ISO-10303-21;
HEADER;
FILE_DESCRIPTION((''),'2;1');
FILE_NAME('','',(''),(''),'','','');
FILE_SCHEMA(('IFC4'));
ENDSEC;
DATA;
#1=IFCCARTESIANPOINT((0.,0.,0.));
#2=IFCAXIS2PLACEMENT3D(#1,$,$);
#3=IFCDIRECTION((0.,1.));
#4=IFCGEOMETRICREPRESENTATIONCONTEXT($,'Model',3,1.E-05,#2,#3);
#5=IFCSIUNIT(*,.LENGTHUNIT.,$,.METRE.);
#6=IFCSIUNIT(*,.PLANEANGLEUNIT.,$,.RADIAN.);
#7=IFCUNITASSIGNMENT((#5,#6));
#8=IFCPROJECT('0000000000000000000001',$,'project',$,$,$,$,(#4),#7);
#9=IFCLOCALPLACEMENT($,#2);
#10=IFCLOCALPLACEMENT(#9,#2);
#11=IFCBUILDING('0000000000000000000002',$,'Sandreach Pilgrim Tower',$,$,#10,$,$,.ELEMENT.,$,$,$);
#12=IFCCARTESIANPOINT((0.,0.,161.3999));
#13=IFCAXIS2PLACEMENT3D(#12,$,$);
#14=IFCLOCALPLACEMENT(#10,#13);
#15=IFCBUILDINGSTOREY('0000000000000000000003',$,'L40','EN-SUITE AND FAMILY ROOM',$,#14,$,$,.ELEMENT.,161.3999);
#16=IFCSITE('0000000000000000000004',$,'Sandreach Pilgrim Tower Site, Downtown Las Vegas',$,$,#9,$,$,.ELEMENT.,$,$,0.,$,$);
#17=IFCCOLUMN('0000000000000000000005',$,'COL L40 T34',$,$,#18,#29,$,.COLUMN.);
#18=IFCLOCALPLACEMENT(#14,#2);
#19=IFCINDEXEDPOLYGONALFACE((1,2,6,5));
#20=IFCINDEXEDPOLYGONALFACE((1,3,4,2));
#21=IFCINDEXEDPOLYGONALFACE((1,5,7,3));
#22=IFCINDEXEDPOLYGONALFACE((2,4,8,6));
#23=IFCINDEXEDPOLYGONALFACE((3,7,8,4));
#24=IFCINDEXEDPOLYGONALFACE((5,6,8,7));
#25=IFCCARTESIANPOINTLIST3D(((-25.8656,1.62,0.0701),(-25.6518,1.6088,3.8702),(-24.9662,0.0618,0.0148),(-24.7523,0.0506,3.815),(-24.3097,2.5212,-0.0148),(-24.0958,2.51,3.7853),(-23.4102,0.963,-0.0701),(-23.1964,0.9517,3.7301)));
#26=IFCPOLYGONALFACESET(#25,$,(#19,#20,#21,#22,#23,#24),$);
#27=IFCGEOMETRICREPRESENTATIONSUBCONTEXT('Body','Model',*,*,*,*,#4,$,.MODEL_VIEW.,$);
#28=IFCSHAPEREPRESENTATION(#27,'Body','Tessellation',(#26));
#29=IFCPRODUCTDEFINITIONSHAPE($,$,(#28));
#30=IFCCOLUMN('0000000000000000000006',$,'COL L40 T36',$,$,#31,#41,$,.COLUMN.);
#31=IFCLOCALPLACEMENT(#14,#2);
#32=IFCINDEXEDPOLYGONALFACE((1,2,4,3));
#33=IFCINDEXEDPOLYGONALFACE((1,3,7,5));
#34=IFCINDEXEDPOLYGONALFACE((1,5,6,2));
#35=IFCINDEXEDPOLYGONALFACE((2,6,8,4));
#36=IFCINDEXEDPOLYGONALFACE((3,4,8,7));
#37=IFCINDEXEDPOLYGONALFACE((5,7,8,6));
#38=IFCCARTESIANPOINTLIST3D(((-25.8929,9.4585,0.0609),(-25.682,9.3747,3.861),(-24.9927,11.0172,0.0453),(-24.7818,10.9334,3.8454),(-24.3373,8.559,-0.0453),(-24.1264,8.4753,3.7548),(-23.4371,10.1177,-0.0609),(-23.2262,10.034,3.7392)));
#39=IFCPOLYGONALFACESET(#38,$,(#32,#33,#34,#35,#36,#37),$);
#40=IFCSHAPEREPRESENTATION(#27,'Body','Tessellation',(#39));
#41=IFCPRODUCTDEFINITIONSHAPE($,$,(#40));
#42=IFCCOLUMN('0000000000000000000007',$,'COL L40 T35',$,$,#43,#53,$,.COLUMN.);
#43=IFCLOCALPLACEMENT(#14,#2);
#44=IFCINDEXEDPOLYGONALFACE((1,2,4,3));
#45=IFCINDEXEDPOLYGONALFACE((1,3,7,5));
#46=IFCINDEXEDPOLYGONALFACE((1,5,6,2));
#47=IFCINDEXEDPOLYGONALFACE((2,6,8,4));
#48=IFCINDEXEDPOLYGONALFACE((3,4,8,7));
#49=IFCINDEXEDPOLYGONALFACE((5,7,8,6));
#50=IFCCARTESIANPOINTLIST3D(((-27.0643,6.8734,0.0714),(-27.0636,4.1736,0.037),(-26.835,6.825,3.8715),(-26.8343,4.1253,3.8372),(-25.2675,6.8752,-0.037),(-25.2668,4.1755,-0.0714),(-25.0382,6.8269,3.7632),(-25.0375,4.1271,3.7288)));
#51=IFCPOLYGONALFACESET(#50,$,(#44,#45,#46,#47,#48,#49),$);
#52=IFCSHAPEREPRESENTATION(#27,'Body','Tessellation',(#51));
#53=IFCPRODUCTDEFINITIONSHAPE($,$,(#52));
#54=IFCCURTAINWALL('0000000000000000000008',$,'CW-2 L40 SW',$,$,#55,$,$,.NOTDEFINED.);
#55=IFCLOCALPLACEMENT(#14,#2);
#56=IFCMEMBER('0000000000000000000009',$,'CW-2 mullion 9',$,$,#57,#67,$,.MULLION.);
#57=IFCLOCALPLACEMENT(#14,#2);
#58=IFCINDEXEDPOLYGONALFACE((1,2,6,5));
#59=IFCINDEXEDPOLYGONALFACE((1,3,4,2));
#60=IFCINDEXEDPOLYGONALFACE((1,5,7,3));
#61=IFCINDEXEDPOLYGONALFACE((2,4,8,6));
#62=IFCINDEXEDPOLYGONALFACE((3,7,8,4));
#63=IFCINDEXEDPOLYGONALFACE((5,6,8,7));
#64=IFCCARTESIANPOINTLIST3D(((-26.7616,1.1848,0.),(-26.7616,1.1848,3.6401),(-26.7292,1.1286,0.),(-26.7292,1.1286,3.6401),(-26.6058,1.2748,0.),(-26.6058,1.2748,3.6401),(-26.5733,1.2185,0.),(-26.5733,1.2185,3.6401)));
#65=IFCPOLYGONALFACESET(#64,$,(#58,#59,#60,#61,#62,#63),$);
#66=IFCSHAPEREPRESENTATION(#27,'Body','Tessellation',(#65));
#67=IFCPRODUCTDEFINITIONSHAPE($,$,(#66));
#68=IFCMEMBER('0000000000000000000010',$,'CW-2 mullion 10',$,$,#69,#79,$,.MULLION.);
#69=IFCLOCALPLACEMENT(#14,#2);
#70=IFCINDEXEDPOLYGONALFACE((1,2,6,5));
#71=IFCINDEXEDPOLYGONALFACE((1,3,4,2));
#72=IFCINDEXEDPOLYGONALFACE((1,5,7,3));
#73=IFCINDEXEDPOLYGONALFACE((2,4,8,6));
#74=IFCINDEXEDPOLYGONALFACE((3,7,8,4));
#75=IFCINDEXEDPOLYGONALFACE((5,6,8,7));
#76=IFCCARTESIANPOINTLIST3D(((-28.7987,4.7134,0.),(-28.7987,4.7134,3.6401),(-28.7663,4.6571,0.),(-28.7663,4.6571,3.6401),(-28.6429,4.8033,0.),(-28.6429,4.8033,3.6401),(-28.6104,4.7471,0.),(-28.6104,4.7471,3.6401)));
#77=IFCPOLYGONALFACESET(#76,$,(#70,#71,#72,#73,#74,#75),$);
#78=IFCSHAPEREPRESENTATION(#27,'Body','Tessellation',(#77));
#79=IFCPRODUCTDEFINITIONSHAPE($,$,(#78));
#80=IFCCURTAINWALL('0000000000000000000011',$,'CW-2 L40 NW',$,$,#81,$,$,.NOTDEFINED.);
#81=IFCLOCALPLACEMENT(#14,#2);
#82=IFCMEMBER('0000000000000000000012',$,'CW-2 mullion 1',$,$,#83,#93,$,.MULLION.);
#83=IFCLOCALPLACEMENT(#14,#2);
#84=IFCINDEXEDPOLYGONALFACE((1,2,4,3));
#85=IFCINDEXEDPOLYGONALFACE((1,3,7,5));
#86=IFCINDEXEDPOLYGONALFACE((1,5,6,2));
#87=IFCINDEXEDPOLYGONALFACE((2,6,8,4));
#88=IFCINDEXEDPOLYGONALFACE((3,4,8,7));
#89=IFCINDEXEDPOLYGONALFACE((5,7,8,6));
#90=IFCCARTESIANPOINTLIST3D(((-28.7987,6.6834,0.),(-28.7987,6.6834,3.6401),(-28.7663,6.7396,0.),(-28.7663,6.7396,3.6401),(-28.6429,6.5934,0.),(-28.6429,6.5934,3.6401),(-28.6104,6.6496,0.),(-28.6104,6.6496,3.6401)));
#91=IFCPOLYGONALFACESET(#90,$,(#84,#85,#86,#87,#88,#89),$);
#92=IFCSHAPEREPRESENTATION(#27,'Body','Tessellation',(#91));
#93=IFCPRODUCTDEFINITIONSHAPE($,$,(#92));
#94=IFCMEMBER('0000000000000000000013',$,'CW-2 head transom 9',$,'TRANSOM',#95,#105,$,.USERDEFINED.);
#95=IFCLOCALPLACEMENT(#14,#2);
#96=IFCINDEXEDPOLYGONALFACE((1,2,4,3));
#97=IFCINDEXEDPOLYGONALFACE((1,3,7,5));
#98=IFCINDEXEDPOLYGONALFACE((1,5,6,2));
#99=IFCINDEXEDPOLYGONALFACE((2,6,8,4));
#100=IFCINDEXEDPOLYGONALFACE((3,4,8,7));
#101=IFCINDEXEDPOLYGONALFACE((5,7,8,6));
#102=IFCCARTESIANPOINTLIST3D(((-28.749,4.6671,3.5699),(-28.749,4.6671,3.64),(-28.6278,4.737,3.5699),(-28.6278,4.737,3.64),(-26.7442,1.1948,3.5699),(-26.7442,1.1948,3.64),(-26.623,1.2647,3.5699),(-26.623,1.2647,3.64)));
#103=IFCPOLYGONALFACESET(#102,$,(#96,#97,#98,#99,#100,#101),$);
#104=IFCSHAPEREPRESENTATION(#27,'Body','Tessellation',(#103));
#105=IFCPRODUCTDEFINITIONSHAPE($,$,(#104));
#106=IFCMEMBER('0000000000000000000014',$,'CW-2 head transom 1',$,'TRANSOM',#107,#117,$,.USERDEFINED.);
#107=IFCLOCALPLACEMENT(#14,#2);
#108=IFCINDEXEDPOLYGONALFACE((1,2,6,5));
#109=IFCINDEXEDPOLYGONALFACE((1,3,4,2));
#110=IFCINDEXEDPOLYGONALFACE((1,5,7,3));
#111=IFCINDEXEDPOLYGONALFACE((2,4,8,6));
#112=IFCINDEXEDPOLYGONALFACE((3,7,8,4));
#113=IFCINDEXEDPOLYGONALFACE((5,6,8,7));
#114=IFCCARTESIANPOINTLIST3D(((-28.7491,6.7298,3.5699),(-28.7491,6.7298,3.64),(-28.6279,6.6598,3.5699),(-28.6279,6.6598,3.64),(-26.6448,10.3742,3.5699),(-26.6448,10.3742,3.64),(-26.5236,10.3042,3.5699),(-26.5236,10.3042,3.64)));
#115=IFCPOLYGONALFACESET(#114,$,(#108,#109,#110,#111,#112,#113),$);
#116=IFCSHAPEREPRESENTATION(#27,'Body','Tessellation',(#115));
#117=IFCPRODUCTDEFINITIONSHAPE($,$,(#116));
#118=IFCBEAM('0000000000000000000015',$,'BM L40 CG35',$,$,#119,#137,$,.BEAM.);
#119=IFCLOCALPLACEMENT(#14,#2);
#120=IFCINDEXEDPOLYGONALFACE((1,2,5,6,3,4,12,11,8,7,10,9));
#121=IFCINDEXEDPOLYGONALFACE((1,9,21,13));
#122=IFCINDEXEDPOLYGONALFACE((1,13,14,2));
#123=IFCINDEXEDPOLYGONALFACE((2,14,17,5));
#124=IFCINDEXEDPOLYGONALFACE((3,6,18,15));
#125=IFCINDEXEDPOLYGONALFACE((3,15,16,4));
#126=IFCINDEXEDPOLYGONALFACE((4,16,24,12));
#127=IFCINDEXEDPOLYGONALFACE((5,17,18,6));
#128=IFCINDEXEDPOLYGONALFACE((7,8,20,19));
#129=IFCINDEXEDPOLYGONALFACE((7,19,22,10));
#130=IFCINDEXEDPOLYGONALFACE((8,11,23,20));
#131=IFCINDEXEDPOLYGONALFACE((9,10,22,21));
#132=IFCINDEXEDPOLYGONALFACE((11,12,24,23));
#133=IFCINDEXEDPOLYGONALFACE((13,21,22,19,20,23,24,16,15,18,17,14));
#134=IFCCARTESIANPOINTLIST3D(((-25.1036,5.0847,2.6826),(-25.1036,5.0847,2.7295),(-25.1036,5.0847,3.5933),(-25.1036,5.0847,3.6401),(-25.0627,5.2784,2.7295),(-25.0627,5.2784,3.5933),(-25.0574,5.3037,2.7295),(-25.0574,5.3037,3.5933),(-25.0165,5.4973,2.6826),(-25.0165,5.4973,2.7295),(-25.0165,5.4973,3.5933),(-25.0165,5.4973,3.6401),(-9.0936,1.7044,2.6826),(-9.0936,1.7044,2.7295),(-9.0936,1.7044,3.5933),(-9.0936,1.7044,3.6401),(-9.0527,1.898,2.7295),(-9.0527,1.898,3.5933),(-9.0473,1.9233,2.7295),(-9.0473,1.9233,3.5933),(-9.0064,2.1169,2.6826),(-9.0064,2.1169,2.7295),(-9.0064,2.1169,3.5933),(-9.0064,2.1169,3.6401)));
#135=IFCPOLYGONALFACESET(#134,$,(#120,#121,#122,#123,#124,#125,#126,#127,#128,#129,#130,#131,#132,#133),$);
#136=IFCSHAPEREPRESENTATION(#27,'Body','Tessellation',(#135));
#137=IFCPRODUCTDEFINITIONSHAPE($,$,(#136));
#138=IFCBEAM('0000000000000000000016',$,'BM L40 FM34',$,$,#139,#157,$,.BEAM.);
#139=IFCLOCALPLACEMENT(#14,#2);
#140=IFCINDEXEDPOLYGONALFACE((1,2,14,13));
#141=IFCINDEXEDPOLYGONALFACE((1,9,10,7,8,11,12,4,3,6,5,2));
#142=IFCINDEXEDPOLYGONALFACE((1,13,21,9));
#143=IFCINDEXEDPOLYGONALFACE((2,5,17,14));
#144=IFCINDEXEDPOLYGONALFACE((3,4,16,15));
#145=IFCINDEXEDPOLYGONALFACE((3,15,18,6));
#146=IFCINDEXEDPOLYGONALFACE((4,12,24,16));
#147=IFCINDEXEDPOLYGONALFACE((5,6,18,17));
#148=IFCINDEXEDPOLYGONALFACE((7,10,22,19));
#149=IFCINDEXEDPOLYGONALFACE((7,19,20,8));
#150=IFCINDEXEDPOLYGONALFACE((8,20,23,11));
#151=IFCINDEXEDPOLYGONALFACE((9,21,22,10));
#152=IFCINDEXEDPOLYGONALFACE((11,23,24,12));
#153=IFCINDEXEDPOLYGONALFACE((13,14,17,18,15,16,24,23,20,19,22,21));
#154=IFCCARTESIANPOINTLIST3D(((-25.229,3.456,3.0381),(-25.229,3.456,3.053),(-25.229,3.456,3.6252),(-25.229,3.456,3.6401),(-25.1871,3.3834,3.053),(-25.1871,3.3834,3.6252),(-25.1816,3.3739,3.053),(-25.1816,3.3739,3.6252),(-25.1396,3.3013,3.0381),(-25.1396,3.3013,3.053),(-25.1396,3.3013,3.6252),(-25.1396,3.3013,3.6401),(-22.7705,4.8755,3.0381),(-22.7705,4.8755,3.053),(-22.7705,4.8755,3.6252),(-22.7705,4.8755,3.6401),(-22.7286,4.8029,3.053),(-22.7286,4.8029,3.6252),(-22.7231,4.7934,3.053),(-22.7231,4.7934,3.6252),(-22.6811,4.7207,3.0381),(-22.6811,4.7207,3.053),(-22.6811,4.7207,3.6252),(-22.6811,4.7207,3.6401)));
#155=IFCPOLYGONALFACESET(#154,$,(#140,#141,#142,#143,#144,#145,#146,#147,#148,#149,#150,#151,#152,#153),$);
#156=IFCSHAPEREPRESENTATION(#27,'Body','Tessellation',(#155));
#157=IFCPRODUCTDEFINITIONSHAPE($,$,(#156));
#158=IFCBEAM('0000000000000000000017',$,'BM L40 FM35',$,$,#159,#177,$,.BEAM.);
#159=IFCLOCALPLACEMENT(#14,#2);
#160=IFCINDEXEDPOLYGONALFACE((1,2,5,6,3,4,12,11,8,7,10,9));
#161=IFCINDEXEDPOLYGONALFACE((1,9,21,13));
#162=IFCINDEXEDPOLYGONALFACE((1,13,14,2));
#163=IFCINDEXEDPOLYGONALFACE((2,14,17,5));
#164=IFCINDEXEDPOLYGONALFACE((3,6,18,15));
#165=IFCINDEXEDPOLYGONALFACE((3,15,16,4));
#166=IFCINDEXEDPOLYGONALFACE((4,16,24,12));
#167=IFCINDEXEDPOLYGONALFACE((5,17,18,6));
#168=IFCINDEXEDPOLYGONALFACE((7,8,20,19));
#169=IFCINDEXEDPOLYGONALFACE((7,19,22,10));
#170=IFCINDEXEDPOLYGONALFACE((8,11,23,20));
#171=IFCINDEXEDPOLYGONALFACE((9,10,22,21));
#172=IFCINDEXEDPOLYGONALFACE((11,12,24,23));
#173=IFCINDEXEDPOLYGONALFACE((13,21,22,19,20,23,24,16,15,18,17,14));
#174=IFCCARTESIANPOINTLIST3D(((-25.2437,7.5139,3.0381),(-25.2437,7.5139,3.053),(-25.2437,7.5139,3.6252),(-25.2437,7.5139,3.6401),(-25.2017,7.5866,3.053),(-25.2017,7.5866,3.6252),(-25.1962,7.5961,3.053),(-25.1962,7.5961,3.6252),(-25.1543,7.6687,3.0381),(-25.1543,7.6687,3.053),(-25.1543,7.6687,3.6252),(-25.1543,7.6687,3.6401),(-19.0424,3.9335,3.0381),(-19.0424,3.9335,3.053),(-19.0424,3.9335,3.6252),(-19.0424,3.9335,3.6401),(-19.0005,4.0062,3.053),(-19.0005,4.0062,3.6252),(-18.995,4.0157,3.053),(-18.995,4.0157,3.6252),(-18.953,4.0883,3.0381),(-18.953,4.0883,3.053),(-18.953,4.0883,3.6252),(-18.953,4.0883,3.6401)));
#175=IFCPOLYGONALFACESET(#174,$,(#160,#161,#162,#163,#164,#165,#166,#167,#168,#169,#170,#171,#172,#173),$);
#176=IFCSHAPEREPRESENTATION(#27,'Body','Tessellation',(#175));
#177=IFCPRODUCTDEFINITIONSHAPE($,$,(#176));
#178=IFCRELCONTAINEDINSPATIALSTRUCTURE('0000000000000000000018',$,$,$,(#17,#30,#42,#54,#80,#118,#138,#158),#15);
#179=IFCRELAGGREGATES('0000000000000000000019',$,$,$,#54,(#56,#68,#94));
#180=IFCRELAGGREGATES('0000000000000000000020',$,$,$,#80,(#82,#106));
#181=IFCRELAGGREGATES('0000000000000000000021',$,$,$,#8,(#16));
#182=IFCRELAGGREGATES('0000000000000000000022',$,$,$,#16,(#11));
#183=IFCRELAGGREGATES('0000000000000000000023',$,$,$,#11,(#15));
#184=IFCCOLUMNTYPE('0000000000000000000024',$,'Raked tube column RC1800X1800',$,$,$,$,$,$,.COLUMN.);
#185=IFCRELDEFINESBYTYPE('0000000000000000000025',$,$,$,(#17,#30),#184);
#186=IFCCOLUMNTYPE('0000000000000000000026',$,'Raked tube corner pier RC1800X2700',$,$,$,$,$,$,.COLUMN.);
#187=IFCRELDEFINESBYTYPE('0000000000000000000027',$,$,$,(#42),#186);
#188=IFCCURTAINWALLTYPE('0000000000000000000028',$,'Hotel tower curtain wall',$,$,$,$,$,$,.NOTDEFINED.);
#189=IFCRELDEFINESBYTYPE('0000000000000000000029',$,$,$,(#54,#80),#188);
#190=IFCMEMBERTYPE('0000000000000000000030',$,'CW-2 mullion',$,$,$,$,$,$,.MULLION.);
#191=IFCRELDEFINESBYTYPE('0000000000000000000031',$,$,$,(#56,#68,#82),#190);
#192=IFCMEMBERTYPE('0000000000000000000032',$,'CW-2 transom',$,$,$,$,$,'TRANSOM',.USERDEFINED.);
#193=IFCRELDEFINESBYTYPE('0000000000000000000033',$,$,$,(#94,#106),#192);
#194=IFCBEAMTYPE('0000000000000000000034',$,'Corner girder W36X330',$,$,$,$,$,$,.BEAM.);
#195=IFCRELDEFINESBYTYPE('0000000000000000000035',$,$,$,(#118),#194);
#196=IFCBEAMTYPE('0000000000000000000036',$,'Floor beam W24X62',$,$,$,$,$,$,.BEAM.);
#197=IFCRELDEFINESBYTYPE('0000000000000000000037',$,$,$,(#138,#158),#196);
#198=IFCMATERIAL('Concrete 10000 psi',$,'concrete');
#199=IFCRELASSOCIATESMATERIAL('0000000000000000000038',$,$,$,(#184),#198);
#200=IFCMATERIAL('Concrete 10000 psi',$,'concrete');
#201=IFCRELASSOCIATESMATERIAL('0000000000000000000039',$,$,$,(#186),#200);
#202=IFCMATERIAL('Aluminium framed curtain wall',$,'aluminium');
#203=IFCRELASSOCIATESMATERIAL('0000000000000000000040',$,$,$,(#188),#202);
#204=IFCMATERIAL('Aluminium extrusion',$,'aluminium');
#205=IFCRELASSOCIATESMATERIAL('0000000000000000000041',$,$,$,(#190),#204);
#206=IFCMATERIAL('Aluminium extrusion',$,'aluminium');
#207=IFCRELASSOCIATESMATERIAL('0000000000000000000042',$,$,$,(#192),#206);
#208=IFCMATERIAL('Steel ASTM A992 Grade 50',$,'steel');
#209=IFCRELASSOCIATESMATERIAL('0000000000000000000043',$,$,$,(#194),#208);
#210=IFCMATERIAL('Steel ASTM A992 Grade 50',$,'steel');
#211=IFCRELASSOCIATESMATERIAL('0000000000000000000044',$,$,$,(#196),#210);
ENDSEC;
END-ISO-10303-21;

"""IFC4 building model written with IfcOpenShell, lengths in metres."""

from ifc_helpers import new_model, si_unit, direction, frame, origin, origin_2d, place, context, subcontext, project, spatial, rectangle, i_section, extrude, material, material_profile, profile_set, type_object, element, aggregate, save


model = new_model("IFC4")

# Units and contexts
model_context = context("Model", 3, precision=1e-05, world=origin(), true_north=direction((0.0, 1.0)))
body_context = subcontext(model_context, "Body", "Model", "MODEL_VIEW")
ifc_project = project(units=[si_unit("LENGTHUNIT", "METRE"), si_unit("PLANEANGLEUNIT", "RADIAN")], contexts=[model_context])

# Site, building, storey
site_placement = place(None, origin())
site = spatial("IfcSite", under=ifc_project, at=site_placement, Name="Sandreach Pilgrim Tower Site, Downtown Las Vegas", CompositionType="ELEMENT", RefElevation=0.0)
building_placement = place(site_placement, origin())
building = spatial("IfcBuilding", under=site, at=building_placement, Name="Sandreach Pilgrim Tower", CompositionType="ELEMENT")
storey_placement = place(building_placement, frame((0.0, 0.0, 161.3999)))
storey = spatial("IfcBuildingStorey", under=building, at=storey_placement, Name="L40", Description="EN-SUITE AND FAMILY ROOM", CompositionType="ELEMENT", Elevation=161.3999)

# Columns
ifc_material_1 = material(Name="Concrete 10000 psi", Category="concrete")
ifc_material_profile_1 = material_profile(ifc_material_1, rectangle(XDim=1.8, YDim=1.8, at=origin_2d()), Name="RC1800X1800")
ifc_profile_set_1 = profile_set([ifc_material_profile_1], Name="Concrete 10000 psi")
column_type_1 = type_object("IfcColumnType", Name="Raked tube column RC1800X1800", PredefinedType="COLUMN", material=ifc_profile_set_1)
column_1_placement = place(storey_placement, frame((-24.6379, 1.2915, 0.0), z_axis=(0.056191, -0.002951, 0.998416), x_axis=(-0.86438, -0.500621, 0.047168)))
element("IfcColumn", 1, at=column_1_placement, inside=storey, type_object=column_type_1, Name="COL L40 T34", PredefinedType="COLUMN", context=body_context, shape_type="SweptSolid", body=[
    extrude(rectangle(XDim=1.8, YDim=1.8, at=origin_2d()), origin(), (0.0, 0.0, 1.0), 3.8062),
])
column_2_placement = place(storey_placement, frame((-24.665, 9.7881, 0.0), z_axis=(0.05541, -0.021997, 0.998221), x_axis=(-0.864198, 0.499683, 0.058982)))
element("IfcColumn", 2, at=column_2_placement, inside=storey, type_object=column_type_1, Name="COL L40 T36", PredefinedType="COLUMN", context=body_context, shape_type="SweptSolid", body=[
    extrude(rectangle(XDim=1.8, YDim=1.8, at=origin_2d()), origin(), (0.0, 0.0, 1.0), 3.8069),
])
ifc_material_2 = material(Name="Concrete 10000 psi", Category="concrete")
ifc_material_profile_2 = material_profile(ifc_material_2, rectangle(XDim=1.8, YDim=2.7, at=origin_2d()), Name="RC1800X2700")
ifc_profile_set_2 = profile_set([ifc_material_profile_2], Name="Concrete 10000 psi")
column_type_2 = type_object("IfcColumnType", Name="Raked tube corner pier RC1800X2700", PredefinedType="COLUMN", material=ifc_profile_set_2)
column_3_placement = place(storey_placement, frame((-26.1655, 5.5244, 0.0), z_axis=(0.060213, -0.012697, 0.998105), x_axis=(-0.998185, -0.001025, 0.060205)))
element("IfcColumn", 3, at=column_3_placement, inside=storey, type_object=column_type_2, Name="COL L40 T35", PredefinedType="COLUMN", context=body_context, shape_type="SweptSolid", body=[
    extrude(rectangle(XDim=1.8, YDim=2.7, at=origin_2d()), origin(), (0.0, 0.0, 1.0), 3.8074),
])

# Curtain wall, members
ifc_material_3 = material(Name="Aluminium framed curtain wall", Category="aluminium")
curtain_wall_type = type_object("IfcCurtainWallType", Name="Hotel tower curtain wall", PredefinedType="NOTDEFINED", material=ifc_material_3)
curtain_wall_1_placement = place(storey_placement, origin())
curtain_wall_1 = element("IfcCurtainWall", 4, at=curtain_wall_1_placement, inside=storey, type_object=curtain_wall_type, Name="CW-2 L40 SW", PredefinedType="NOTDEFINED")
ifc_material_4 = material(Name="Aluminium extrusion", Category="aluminium")
ifc_material_profile_3 = material_profile(ifc_material_4, rectangle(XDim=0.0649, YDim=0.1799, at=origin_2d()), Name="CW-2M 65X180")
ifc_profile_set_3 = profile_set([ifc_material_profile_3], Name="Aluminium extrusion")
member_type_1 = type_object("IfcMemberType", Name="CW-2 mullion", PredefinedType="MULLION", material=ifc_profile_set_3)
member_1_placement = place(storey_placement, frame((-26.6675, 1.2017, 0.0), z_axis=(0.0, 0.0, 1.0), x_axis=(-0.5, 0.866025, 0.0)))
member_1 = element("IfcMember", 5, at=member_1_placement, type_object=member_type_1, Name="CW-2 mullion 9", PredefinedType="MULLION", context=body_context, shape_type="SweptSolid", body=[
    extrude(rectangle(XDim=0.0649, YDim=0.1799, at=origin_2d()), origin(), (0.0, 0.0, 1.0), 3.6401),
])
member_2_placement = place(storey_placement, frame((-28.7046, 4.7302, 0.0), z_axis=(0.0, 0.0, 1.0), x_axis=(-0.5, 0.866025, 0.0)))
member_2 = element("IfcMember", 6, at=member_2_placement, type_object=member_type_1, Name="CW-2 mullion 10", PredefinedType="MULLION", context=body_context, shape_type="SweptSolid", body=[
    extrude(rectangle(XDim=0.0649, YDim=0.1799, at=origin_2d()), origin(), (0.0, 0.0, 1.0), 3.6401),
])

# Curtain wall, member
curtain_wall_2_placement = place(storey_placement, origin())
curtain_wall_2 = element("IfcCurtainWall", 7, at=curtain_wall_2_placement, inside=storey, type_object=curtain_wall_type, Name="CW-2 L40 NW", PredefinedType="NOTDEFINED")
member_3_placement = place(storey_placement, frame((-28.7046, 6.6665, 0.0), z_axis=(0.0, 0.0, 1.0), x_axis=(0.5, 0.866025, 0.0)))
member_3 = element("IfcMember", 8, at=member_3_placement, type_object=member_type_1, Name="CW-2 mullion 1", PredefinedType="MULLION", context=body_context, shape_type="SweptSolid", body=[
    extrude(rectangle(XDim=0.0649, YDim=0.1799, at=origin_2d()), origin(), (0.0, 0.0, 1.0), 3.6401),
])

# Members
ifc_material_5 = material(Name="Aluminium extrusion", Category="aluminium")
ifc_material_profile_4 = material_profile(ifc_material_5, rectangle(XDim=0.1399, YDim=0.0701, at=origin_2d()), Name="CW-2T 140X70")
ifc_profile_set_4 = profile_set([ifc_material_profile_4], Name="Aluminium extrusion")
member_type_2 = type_object("IfcMemberType", Name="CW-2 transom", ElementType="TRANSOM", PredefinedType="USERDEFINED", material=ifc_profile_set_4)
member_4_placement = place(storey_placement, frame((-26.6836, 1.2297, 3.605), z_axis=(-0.500016, 0.866016, 0.0), x_axis=(-0.866016, -0.500016, 0.0)))
member_4 = element("IfcMember", 9, at=member_4_placement, type_object=member_type_2, Name="CW-2 head transom 9", ObjectType="TRANSOM", PredefinedType="USERDEFINED", context=body_context, shape_type="SweptSolid", body=[
    extrude(rectangle(XDim=0.1399, YDim=0.0701, at=origin_2d()), origin(), (0.0, 0.0, 1.0), 4.0095),
])
member_5_placement = place(storey_placement, frame((-28.6885, 6.6948, 3.605), z_axis=(0.500039, 0.866003, 0.0), x_axis=(-0.866003, 0.500039, 0.0)))
member_5 = element("IfcMember", 10, at=member_5_placement, type_object=member_type_2, Name="CW-2 head transom 1", ObjectType="TRANSOM", PredefinedType="USERDEFINED", context=body_context, shape_type="SweptSolid", body=[
    extrude(rectangle(XDim=0.1399, YDim=0.0701, at=origin_2d()), origin(), (0.0, 0.0, 1.0), 4.2083),
])

# Beams
ifc_material_6 = material(Name="Steel ASTM A992 Grade 50", Category="steel")
ifc_material_profile_5 = material_profile(ifc_material_6, i_section(OverallWidth=0.4216, OverallDepth=0.9575, WebThickness=0.0259, FlangeThickness=0.0469, at=origin_2d()), Name="W36X330")
ifc_profile_set_5 = profile_set([ifc_material_profile_5], Name="Steel ASTM A992 Grade 50")
beam_type_1 = type_object("IfcBeamType", Name="Corner girder W36X330", PredefinedType="BEAM", material=ifc_profile_set_5)
beam_1_placement = place(storey_placement, frame((-25.0601, 5.291, 3.1614), z_axis=(0.978428, -0.206586, 0.0), x_axis=(0.206586, 0.978428, 0.0)))
element("IfcBeam", 11, at=beam_1_placement, inside=storey, type_object=beam_type_1, Name="BM L40 CG35", PredefinedType="BEAM", context=body_context, shape_type="SweptSolid", body=[
    extrude(i_section(OverallWidth=0.4216, OverallDepth=0.9575, WebThickness=0.0259, FlangeThickness=0.0469, at=origin_2d()), origin(), (0.0, 0.0, 1.0), 16.363),
])
ifc_material_7 = material(Name="Steel ASTM A992 Grade 50", Category="steel")
ifc_material_profile_6 = material_profile(ifc_material_7, i_section(OverallWidth=0.1787, OverallDepth=0.6021, WebThickness=0.011, FlangeThickness=0.0149, at=origin_2d()), Name="W24X62")
ifc_profile_set_6 = profile_set([ifc_material_profile_6], Name="Steel ASTM A992 Grade 50")
beam_type_2 = type_object("IfcBeamType", Name="Floor beam W24X62", PredefinedType="BEAM", material=ifc_profile_set_6)
beam_2_placement = place(storey_placement, frame((-25.1843, 3.3787, 3.3391), z_axis=(0.866022, 0.500005, 0.0), x_axis=(-0.500005, 0.866022, 0.0)))
element("IfcBeam", 12, at=beam_2_placement, inside=storey, type_object=beam_type_2, Name="BM L40 FM34", PredefinedType="BEAM", context=body_context, shape_type="SweptSolid", body=[
    extrude(i_section(OverallWidth=0.1787, OverallDepth=0.6021, WebThickness=0.011, FlangeThickness=0.0149, at=origin_2d()), origin(), (0.0, 0.0, 1.0), 2.8389),
])
beam_3_placement = place(storey_placement, frame((-25.199, 7.5913, 3.3391), z_axis=(0.866021, -0.500008, 0.0), x_axis=(0.500008, 0.866021, 0.0)))
element("IfcBeam", 13, at=beam_3_placement, inside=storey, type_object=beam_type_2, Name="BM L40 FM35", PredefinedType="BEAM", context=body_context, shape_type="SweptSolid", body=[
    extrude(i_section(OverallWidth=0.1787, OverallDepth=0.6021, WebThickness=0.011, FlangeThickness=0.0149, at=origin_2d()), origin(), (0.0, 0.0, 1.0), 7.1606),
])

aggregate(curtain_wall_1, [member_1, member_2, member_4])
aggregate(curtain_wall_2, [member_3, member_5])

save(model, "model.ifc")
